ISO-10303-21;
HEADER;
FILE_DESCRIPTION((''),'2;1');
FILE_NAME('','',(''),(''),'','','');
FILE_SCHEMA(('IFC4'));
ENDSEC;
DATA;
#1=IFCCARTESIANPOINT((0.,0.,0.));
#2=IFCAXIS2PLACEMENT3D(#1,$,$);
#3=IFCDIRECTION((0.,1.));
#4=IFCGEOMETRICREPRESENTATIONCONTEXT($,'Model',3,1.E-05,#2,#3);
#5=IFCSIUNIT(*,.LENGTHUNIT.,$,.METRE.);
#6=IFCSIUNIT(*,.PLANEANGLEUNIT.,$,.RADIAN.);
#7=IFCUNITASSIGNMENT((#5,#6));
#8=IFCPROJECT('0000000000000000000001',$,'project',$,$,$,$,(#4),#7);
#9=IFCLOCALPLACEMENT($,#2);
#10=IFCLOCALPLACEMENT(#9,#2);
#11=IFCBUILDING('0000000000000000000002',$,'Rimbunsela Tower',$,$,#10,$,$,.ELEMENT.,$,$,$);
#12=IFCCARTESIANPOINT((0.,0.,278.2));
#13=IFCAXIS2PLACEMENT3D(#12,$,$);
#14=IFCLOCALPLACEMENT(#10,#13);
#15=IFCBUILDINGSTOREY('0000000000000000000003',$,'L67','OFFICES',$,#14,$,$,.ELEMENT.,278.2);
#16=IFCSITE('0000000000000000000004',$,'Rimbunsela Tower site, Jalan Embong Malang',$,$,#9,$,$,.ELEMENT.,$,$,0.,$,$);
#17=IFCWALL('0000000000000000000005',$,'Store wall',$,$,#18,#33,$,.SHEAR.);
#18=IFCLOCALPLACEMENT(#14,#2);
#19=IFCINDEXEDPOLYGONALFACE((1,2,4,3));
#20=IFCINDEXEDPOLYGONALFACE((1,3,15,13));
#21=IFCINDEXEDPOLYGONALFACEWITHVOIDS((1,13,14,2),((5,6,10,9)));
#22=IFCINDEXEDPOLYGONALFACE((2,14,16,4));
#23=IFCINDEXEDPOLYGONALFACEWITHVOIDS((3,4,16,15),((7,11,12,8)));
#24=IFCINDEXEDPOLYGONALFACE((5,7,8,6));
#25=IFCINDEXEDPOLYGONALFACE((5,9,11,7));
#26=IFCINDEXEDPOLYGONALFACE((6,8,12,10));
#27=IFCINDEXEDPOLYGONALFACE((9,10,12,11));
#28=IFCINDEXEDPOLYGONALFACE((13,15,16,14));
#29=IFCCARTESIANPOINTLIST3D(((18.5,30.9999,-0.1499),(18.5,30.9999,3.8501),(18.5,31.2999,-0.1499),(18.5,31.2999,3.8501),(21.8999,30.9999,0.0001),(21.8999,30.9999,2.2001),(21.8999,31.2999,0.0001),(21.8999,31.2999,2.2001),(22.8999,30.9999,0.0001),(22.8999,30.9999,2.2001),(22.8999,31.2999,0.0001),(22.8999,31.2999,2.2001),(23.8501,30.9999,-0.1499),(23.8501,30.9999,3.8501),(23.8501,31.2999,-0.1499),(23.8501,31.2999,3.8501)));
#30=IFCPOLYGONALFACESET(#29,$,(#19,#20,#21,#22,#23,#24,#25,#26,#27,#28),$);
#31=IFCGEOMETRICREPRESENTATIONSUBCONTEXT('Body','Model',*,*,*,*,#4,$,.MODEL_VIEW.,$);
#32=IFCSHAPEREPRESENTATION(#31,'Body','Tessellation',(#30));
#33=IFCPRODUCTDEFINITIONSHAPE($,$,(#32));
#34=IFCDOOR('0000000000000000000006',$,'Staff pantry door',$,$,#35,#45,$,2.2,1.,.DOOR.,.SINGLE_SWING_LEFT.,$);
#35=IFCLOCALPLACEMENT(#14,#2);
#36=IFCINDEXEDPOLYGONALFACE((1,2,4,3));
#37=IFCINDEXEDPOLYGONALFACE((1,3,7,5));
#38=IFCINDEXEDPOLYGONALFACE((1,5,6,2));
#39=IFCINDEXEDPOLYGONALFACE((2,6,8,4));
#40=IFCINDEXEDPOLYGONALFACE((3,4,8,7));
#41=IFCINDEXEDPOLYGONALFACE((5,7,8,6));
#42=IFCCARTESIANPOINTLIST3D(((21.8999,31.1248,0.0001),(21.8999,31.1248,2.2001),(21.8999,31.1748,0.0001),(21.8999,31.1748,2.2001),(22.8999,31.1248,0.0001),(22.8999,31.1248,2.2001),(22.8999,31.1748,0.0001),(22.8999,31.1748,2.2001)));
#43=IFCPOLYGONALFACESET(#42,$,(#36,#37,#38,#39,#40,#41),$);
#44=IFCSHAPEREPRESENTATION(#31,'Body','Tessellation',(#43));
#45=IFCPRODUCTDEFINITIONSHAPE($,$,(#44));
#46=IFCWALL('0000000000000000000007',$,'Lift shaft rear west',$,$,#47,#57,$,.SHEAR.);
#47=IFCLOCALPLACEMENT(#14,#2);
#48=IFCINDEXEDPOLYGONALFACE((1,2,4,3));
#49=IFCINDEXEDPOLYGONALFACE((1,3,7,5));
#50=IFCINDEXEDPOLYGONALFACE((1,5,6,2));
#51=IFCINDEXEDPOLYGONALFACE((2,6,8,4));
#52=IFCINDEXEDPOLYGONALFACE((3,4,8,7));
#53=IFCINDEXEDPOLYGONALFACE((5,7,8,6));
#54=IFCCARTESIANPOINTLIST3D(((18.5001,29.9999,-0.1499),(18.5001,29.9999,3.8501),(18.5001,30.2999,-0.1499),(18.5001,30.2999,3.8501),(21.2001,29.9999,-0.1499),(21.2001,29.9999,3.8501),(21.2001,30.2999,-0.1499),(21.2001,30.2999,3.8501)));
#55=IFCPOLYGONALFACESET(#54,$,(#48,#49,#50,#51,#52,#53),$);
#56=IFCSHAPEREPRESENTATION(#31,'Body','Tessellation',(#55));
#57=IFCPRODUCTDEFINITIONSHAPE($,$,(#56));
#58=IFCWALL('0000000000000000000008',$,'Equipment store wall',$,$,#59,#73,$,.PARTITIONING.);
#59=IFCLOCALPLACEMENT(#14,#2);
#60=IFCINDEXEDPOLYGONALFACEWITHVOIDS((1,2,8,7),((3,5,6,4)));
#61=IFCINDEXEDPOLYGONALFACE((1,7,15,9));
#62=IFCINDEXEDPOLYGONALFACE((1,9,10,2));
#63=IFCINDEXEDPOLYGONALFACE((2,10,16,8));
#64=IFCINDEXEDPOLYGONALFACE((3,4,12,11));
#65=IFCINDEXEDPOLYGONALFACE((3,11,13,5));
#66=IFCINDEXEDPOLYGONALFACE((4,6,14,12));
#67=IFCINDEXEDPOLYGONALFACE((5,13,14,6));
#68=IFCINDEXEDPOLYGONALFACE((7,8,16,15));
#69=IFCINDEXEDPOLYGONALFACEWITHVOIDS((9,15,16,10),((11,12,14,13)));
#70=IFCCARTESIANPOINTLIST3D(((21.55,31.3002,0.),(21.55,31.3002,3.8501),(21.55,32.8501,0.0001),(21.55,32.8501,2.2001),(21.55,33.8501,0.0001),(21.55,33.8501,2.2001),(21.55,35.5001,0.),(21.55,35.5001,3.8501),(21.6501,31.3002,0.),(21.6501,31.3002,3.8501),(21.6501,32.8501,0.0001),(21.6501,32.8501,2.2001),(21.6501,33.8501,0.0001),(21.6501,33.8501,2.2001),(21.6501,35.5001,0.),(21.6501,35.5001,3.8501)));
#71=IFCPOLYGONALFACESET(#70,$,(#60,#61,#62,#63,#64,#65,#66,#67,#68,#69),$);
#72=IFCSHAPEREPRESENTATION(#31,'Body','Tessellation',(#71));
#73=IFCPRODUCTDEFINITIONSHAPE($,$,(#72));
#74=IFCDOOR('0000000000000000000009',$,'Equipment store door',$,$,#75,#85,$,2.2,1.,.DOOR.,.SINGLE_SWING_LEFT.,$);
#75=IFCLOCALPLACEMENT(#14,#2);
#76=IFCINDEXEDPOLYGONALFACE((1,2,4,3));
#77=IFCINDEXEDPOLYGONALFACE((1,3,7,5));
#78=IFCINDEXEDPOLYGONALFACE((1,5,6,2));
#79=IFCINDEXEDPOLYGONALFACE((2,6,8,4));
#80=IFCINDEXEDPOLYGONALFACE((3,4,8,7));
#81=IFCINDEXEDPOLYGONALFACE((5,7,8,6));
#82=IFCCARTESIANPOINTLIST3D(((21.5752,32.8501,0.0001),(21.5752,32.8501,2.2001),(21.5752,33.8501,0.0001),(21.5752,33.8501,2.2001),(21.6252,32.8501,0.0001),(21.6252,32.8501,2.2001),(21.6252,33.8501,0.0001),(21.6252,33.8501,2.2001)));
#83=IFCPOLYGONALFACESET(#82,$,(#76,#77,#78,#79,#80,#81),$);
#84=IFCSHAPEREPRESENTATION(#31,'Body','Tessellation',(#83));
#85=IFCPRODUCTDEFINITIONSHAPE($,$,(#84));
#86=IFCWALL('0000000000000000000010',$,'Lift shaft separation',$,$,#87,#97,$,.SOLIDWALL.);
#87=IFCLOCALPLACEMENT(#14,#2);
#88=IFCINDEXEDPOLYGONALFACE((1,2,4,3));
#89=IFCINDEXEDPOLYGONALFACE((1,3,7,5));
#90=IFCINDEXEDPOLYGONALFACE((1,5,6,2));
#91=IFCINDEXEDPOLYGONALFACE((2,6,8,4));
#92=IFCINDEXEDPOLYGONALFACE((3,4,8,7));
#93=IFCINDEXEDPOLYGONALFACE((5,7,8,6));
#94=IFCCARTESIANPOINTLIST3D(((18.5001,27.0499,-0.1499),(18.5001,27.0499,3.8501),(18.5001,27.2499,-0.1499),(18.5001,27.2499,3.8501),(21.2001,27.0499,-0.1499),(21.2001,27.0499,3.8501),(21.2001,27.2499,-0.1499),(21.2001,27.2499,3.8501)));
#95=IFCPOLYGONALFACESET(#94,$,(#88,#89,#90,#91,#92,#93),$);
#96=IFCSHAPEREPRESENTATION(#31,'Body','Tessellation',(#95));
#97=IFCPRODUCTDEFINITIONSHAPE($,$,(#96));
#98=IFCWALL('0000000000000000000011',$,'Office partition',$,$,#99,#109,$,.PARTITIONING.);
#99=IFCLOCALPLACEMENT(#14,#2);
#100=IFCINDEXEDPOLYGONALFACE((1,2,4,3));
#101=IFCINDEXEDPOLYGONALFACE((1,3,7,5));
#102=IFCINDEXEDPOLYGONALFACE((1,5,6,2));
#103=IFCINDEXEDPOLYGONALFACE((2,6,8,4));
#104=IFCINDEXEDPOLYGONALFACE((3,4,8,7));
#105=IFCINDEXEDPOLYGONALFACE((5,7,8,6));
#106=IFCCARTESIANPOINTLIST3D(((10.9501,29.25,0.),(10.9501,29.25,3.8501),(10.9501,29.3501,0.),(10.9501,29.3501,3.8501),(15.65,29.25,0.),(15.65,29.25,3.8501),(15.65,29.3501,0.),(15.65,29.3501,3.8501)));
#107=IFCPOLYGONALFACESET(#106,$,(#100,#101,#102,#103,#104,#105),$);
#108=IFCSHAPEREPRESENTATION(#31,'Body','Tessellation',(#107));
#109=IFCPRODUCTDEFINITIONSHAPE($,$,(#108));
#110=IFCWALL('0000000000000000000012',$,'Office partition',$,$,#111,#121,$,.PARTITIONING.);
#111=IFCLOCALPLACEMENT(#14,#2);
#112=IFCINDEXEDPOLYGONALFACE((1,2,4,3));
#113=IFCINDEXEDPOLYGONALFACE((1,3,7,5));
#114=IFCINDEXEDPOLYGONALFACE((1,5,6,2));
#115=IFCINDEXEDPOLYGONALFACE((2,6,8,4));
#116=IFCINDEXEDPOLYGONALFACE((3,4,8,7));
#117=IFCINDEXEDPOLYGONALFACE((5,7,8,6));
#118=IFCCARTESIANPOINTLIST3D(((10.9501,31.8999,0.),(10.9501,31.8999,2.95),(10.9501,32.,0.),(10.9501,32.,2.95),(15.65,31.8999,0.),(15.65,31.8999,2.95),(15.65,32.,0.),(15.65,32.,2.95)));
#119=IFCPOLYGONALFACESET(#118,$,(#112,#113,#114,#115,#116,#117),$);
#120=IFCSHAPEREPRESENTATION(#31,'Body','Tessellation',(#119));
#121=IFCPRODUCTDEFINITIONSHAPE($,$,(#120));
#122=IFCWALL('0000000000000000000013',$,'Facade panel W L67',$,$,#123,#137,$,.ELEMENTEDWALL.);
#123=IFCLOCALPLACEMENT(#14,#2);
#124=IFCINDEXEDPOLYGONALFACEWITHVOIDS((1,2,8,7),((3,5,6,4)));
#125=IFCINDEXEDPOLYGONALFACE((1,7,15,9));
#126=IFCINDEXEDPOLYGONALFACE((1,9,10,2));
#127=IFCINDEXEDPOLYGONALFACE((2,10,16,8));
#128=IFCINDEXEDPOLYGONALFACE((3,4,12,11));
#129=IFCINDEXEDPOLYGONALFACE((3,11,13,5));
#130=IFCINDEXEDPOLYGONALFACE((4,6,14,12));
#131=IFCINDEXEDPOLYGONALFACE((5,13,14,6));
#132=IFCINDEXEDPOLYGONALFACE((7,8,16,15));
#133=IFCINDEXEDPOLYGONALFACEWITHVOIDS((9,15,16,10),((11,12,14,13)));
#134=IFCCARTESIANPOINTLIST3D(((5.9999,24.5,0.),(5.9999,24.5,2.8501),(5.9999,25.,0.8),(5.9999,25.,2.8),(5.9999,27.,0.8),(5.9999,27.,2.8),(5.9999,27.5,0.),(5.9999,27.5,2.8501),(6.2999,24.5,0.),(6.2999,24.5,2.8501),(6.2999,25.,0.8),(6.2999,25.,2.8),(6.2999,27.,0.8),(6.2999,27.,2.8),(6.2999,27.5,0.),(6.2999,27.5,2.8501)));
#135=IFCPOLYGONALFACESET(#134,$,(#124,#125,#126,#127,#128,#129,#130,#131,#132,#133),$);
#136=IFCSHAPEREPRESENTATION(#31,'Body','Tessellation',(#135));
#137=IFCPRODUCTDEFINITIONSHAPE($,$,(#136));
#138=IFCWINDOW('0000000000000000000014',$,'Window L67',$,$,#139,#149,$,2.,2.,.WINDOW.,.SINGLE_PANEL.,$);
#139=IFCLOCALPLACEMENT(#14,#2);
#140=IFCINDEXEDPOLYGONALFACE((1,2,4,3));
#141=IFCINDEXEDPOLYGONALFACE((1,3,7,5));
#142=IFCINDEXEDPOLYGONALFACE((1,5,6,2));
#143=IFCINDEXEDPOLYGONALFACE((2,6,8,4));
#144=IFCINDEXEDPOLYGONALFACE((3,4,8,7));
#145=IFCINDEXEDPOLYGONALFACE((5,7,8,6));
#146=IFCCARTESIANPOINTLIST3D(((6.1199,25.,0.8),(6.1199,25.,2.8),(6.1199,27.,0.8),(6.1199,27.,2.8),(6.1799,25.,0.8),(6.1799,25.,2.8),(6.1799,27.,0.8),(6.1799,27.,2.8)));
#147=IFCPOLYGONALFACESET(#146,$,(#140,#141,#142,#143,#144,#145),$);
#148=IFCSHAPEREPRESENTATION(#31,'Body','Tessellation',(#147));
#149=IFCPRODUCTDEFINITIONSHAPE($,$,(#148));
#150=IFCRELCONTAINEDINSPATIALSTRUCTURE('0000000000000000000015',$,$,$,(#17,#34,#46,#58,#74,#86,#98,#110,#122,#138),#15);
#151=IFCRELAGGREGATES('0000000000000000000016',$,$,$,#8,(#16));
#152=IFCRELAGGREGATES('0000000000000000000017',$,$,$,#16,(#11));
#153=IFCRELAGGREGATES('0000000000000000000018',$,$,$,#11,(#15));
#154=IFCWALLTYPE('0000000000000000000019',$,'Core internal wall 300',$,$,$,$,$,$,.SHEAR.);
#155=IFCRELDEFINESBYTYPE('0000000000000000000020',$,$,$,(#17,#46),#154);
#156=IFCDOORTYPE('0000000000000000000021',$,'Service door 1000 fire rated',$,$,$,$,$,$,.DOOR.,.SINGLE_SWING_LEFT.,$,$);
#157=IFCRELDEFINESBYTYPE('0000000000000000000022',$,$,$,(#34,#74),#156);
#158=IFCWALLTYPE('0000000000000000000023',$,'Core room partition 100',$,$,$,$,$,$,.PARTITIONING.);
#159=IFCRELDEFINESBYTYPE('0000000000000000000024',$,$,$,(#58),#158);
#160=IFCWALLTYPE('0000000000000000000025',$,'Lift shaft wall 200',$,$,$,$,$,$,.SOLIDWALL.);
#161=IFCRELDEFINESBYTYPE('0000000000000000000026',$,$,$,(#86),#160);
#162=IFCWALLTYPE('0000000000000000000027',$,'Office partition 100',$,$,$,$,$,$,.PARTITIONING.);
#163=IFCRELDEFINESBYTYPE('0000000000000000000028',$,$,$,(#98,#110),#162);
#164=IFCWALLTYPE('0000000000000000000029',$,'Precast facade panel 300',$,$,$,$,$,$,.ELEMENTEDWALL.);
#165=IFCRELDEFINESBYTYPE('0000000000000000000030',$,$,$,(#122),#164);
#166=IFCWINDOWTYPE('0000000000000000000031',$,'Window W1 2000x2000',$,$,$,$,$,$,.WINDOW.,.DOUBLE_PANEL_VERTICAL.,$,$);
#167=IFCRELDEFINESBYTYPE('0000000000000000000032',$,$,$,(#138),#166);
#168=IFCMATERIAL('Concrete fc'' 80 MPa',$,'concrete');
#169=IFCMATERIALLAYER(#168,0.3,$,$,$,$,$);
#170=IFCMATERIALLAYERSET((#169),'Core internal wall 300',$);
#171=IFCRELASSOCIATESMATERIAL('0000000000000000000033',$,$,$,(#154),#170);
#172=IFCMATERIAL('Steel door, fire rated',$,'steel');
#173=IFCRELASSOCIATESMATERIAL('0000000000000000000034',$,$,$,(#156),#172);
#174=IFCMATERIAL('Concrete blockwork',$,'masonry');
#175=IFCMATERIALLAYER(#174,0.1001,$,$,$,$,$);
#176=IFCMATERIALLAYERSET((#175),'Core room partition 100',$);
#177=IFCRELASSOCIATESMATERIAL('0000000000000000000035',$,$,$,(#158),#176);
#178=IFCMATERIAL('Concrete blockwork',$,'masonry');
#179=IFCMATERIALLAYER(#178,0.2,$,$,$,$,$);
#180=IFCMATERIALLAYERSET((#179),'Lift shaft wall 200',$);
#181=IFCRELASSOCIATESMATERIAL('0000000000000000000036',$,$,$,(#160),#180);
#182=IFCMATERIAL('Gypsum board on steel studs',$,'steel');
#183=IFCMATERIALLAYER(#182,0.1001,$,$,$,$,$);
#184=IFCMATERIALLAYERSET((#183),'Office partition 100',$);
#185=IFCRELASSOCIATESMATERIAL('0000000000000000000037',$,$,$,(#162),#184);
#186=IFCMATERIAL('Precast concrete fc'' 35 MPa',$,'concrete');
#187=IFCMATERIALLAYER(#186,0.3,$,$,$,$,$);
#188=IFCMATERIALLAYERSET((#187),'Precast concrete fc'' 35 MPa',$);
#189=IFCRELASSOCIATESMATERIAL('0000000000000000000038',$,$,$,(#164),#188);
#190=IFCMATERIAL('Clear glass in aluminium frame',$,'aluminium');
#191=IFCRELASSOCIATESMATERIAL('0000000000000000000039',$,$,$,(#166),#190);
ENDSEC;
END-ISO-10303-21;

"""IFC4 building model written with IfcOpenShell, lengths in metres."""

from ifc_helpers import new_model, si_unit, direction, frame, frame_2d, origin, place, context, subcontext, project, spatial, rectangle, extrude, material, layer, layer_set, type_object, element, fill, save


model = new_model("IFC4")

# Units and contexts
model_context = context("Model", 3, precision=1e-05, world=origin(), true_north=direction((0.0, 1.0)))
body_context = subcontext(model_context, "Body", "Model", "MODEL_VIEW")
ifc_project = project(units=[si_unit("LENGTHUNIT", "METRE"), si_unit("PLANEANGLEUNIT", "RADIAN")], contexts=[model_context])

# Site, building, storey
site_placement = place(None, origin())
site = spatial("IfcSite", under=ifc_project, at=site_placement, Name="Rimbunsela Tower site, Jalan Embong Malang", CompositionType="ELEMENT", RefElevation=0.0)
building_placement = place(site_placement, origin())
building = spatial("IfcBuilding", under=site, at=building_placement, Name="Rimbunsela Tower", CompositionType="ELEMENT")
storey_placement = place(building_placement, frame((0.0, 0.0, 278.2)))
storey = spatial("IfcBuildingStorey", under=building, at=storey_placement, Name="L67", Description="OFFICES", CompositionType="ELEMENT", Elevation=278.2)

# Wall, opening, door
ifc_material_1 = material(Name="Concrete fc' 80 MPa", Category="concrete")
ifc_layer_1 = layer(ifc_material_1, 0.3)
ifc_layer_set_1 = layer_set([ifc_layer_1], Name="Core internal wall 300")
wall_type_1 = type_object("IfcWallType", Name="Core internal wall 300", PredefinedType="SHEAR", material=ifc_layer_set_1)
wall_1_placement = place(storey_placement, frame((18.5, 31.1499, -0.1499), z_axis=(0.0, 0.0, 1.0), x_axis=(1.0, 0.0, 0.0)))
wall_1 = element("IfcWall", 1, at=wall_1_placement, inside=storey, type_object=wall_type_1, Name="Store wall", PredefinedType="SHEAR", context=body_context, shape_type="SweptSolid", body=[
    extrude(rectangle(XDim=5.3501, YDim=0.3, at=frame_2d((2.675, 0.0))), origin(), (0.0, 0.0, 1.0), 4.0),
])
opening_1_placement = place(wall_1_placement, frame((3.3999, 0.0, 0.1499)))
opening_1 = element("IfcOpeningElement", 2, at=opening_1_placement, cuts=wall_1, PredefinedType="OPENING", context=body_context, shape_type="SweptSolid", body=[
    extrude(rectangle(XDim=1.0, YDim=2.2, at=frame_2d((0.5, 1.1001))), frame((0.0, 0.1599, 0.0), z_axis=(0.0, -1.0, 0.0), x_axis=(1.0, 0.0, 0.0)), (0.0, 0.0, 1.0), 0.3201),
])
ifc_material_2 = material(Name="Steel door, fire rated", Category="steel")
door_type = type_object("IfcDoorType", Name="Service door 1000 fire rated", OperationType="SINGLE_SWING_LEFT", PredefinedType="DOOR", material=ifc_material_2)
door_1_placement = place(opening_1_placement, origin())
door_1 = element("IfcDoor", 3, at=door_1_placement, inside=storey, type_object=door_type, Name="Staff pantry door", OperationType="SINGLE_SWING_LEFT", OverallHeight=2.2, OverallWidth=1.0, PredefinedType="DOOR", context=body_context, shape_type="SweptSolid", body=[
    extrude(rectangle(XDim=1.0, YDim=2.2, at=frame_2d((0.5, 1.1001))), frame((0.0, 0.0249, 0.0), z_axis=(0.0, -1.0, 0.0), x_axis=(1.0, 0.0, 0.0)), (0.0, 0.0, 1.0), 0.05),
])
fill(opening_1, door_1)

# Wall
wall_2_placement = place(storey_placement, frame((18.5, 30.1499, -0.1499), z_axis=(0.0, 0.0, 1.0), x_axis=(1.0, 0.0, 0.0)))
element("IfcWall", 4, at=wall_2_placement, inside=storey, type_object=wall_type_1, Name="Lift shaft rear west", PredefinedType="SHEAR", context=body_context, shape_type="SweptSolid", body=[
    extrude(rectangle(XDim=2.7, YDim=0.3, at=frame_2d((1.3501, 0.0))), origin(), (0.0, 0.0, 1.0), 4.0),
])

# Wall, opening, door
ifc_material_3 = material(Name="Concrete blockwork", Category="masonry")
ifc_layer_2 = layer(ifc_material_3, 0.1001)
ifc_layer_set_2 = layer_set([ifc_layer_2], Name="Core room partition 100")
wall_type_2 = type_object("IfcWallType", Name="Core room partition 100", PredefinedType="PARTITIONING", material=ifc_layer_set_2)
wall_3_placement = place(storey_placement, frame((21.6001, 31.3, 0.0), z_axis=(0.0, 0.0, 1.0), x_axis=(0.0, 1.0, 0.0)))
wall_3 = element("IfcWall", 5, at=wall_3_placement, inside=storey, type_object=wall_type_2, Name="Equipment store wall", PredefinedType="PARTITIONING", context=body_context, shape_type="SweptSolid", body=[
    extrude(rectangle(XDim=4.2, YDim=0.1001, at=frame_2d((2.1001, 0.0))), origin(), (0.0, 0.0, 1.0), 3.8501),
])
opening_2_placement = place(wall_3_placement, frame((1.55, 0.0, 0.0)))
opening_2 = element("IfcOpeningElement", 6, at=opening_2_placement, cuts=wall_3, PredefinedType="OPENING", context=body_context, shape_type="SweptSolid", body=[
    extrude(rectangle(XDim=1.0, YDim=2.2, at=frame_2d((0.5, 1.1001))), frame((0.0, 0.0601, 0.0), z_axis=(0.0, -1.0, 0.0), x_axis=(1.0, 0.0, 0.0)), (0.0, 0.0, 1.0), 0.1201),
])
door_2_placement = place(opening_2_placement, origin())
door_2 = element("IfcDoor", 7, at=door_2_placement, inside=storey, type_object=door_type, Name="Equipment store door", OperationType="SINGLE_SWING_LEFT", OverallHeight=2.2, OverallWidth=1.0, PredefinedType="DOOR", context=body_context, shape_type="SweptSolid", body=[
    extrude(rectangle(XDim=1.0, YDim=2.2, at=frame_2d((0.5, 1.1001))), frame((0.0, 0.0249, 0.0), z_axis=(0.0, -1.0, 0.0), x_axis=(1.0, 0.0, 0.0)), (0.0, 0.0, 1.0), 0.05),
])
fill(opening_2, door_2)

# Walls
ifc_material_4 = material(Name="Concrete blockwork", Category="masonry")
ifc_layer_3 = layer(ifc_material_4, 0.2)
ifc_layer_set_3 = layer_set([ifc_layer_3], Name="Lift shaft wall 200")
wall_type_3 = type_object("IfcWallType", Name="Lift shaft wall 200", PredefinedType="SOLIDWALL", material=ifc_layer_set_3)
wall_4_placement = place(storey_placement, frame((18.5, 27.1499, -0.1499), z_axis=(0.0, 0.0, 1.0), x_axis=(1.0, 0.0, 0.0)))
element("IfcWall", 8, at=wall_4_placement, inside=storey, type_object=wall_type_3, Name="Lift shaft separation", PredefinedType="SOLIDWALL", context=body_context, shape_type="SweptSolid", body=[
    extrude(rectangle(XDim=2.7, YDim=0.2, at=frame_2d((1.3501, 0.0))), origin(), (0.0, 0.0, 1.0), 4.0),
])
ifc_material_5 = material(Name="Gypsum board on steel studs", Category="steel")
ifc_layer_4 = layer(ifc_material_5, 0.1001)
ifc_layer_set_4 = layer_set([ifc_layer_4], Name="Office partition 100")
wall_type_4 = type_object("IfcWallType", Name="Office partition 100", PredefinedType="PARTITIONING", material=ifc_layer_set_4)
wall_5_placement = place(storey_placement, frame((10.95, 29.3, 0.0), z_axis=(0.0, 0.0, 1.0), x_axis=(1.0, 0.0, 0.0)))
element("IfcWall", 9, at=wall_5_placement, inside=storey, type_object=wall_type_4, Name="Office partition", PredefinedType="PARTITIONING", context=body_context, shape_type="SweptSolid", body=[
    extrude(rectangle(XDim=4.7, YDim=0.1001, at=frame_2d((2.3501, 0.0))), origin(), (0.0, 0.0, 1.0), 3.8501),
])
wall_6_placement = place(storey_placement, frame((10.95, 31.95, 0.0), z_axis=(0.0, 0.0, 1.0), x_axis=(1.0, 0.0, 0.0)))
element("IfcWall", 10, at=wall_6_placement, inside=storey, type_object=wall_type_4, Name="Office partition", PredefinedType="PARTITIONING", context=body_context, shape_type="SweptSolid", body=[
    extrude(rectangle(XDim=4.7, YDim=0.1001, at=frame_2d((2.3501, 0.0))), origin(), (0.0, 0.0, 1.0), 2.95),
])

# Wall, opening, window
ifc_material_6 = material(Name="Precast concrete fc' 35 MPa", Category="concrete")
ifc_layer_5 = layer(ifc_material_6, 0.3)
ifc_layer_set_5 = layer_set([ifc_layer_5], Name="Precast concrete fc' 35 MPa")
wall_type_5 = type_object("IfcWallType", Name="Precast facade panel 300", PredefinedType="ELEMENTEDWALL", material=ifc_layer_set_5)
wall_7_placement = place(storey_placement, frame((6.1499, 27.5, 0.0), z_axis=(0.0, 0.0, 1.0), x_axis=(0.0, -1.0, 0.0)))
wall_7 = element("IfcWall", 11, at=wall_7_placement, inside=storey, type_object=wall_type_5, Name="Facade panel W L67", PredefinedType="ELEMENTEDWALL", context=body_context, shape_type="SweptSolid", body=[
    extrude(rectangle(XDim=3.0, YDim=0.3, at=frame_2d((1.5, 0.0))), origin(), (0.0, 0.0, 1.0), 2.8501),
])
opening_3_placement = place(wall_7_placement, frame((0.5, 0.0, 0.8)))
opening_3 = element("IfcOpeningElement", 12, at=opening_3_placement, cuts=wall_7, PredefinedType="OPENING", context=body_context, shape_type="SweptSolid", body=[
    extrude(rectangle(XDim=2.0, YDim=2.0, at=frame_2d((1.0, 1.0))), frame((0.0, 0.1599, 0.0), z_axis=(0.0, -1.0, 0.0), x_axis=(1.0, 0.0, 0.0)), (0.0, 0.0, 1.0), 0.3201),
])
ifc_material_7 = material(Name="Clear glass in aluminium frame", Category="aluminium")
window_type = type_object("IfcWindowType", Name="Window W1 2000x2000", PartitioningType="DOUBLE_PANEL_VERTICAL", PredefinedType="WINDOW", material=ifc_material_7)
window_1_placement = place(opening_3_placement, origin())
window_1 = element("IfcWindow", 13, at=window_1_placement, inside=storey, type_object=window_type, Name="Window L67", OverallHeight=2.0, OverallWidth=2.0, PartitioningType="SINGLE_PANEL", PredefinedType="WINDOW", context=body_context, shape_type="SweptSolid", body=[
    extrude(rectangle(XDim=2.0, YDim=2.0, at=frame_2d((1.0, 1.0))), frame((0.0, 0.03, 0.0), z_axis=(0.0, -1.0, 0.0), x_axis=(1.0, 0.0, 0.0)), (0.0, 0.0, 1.0), 0.0601),
])
fill(opening_3, window_1)

save(model, "model.ifc")
